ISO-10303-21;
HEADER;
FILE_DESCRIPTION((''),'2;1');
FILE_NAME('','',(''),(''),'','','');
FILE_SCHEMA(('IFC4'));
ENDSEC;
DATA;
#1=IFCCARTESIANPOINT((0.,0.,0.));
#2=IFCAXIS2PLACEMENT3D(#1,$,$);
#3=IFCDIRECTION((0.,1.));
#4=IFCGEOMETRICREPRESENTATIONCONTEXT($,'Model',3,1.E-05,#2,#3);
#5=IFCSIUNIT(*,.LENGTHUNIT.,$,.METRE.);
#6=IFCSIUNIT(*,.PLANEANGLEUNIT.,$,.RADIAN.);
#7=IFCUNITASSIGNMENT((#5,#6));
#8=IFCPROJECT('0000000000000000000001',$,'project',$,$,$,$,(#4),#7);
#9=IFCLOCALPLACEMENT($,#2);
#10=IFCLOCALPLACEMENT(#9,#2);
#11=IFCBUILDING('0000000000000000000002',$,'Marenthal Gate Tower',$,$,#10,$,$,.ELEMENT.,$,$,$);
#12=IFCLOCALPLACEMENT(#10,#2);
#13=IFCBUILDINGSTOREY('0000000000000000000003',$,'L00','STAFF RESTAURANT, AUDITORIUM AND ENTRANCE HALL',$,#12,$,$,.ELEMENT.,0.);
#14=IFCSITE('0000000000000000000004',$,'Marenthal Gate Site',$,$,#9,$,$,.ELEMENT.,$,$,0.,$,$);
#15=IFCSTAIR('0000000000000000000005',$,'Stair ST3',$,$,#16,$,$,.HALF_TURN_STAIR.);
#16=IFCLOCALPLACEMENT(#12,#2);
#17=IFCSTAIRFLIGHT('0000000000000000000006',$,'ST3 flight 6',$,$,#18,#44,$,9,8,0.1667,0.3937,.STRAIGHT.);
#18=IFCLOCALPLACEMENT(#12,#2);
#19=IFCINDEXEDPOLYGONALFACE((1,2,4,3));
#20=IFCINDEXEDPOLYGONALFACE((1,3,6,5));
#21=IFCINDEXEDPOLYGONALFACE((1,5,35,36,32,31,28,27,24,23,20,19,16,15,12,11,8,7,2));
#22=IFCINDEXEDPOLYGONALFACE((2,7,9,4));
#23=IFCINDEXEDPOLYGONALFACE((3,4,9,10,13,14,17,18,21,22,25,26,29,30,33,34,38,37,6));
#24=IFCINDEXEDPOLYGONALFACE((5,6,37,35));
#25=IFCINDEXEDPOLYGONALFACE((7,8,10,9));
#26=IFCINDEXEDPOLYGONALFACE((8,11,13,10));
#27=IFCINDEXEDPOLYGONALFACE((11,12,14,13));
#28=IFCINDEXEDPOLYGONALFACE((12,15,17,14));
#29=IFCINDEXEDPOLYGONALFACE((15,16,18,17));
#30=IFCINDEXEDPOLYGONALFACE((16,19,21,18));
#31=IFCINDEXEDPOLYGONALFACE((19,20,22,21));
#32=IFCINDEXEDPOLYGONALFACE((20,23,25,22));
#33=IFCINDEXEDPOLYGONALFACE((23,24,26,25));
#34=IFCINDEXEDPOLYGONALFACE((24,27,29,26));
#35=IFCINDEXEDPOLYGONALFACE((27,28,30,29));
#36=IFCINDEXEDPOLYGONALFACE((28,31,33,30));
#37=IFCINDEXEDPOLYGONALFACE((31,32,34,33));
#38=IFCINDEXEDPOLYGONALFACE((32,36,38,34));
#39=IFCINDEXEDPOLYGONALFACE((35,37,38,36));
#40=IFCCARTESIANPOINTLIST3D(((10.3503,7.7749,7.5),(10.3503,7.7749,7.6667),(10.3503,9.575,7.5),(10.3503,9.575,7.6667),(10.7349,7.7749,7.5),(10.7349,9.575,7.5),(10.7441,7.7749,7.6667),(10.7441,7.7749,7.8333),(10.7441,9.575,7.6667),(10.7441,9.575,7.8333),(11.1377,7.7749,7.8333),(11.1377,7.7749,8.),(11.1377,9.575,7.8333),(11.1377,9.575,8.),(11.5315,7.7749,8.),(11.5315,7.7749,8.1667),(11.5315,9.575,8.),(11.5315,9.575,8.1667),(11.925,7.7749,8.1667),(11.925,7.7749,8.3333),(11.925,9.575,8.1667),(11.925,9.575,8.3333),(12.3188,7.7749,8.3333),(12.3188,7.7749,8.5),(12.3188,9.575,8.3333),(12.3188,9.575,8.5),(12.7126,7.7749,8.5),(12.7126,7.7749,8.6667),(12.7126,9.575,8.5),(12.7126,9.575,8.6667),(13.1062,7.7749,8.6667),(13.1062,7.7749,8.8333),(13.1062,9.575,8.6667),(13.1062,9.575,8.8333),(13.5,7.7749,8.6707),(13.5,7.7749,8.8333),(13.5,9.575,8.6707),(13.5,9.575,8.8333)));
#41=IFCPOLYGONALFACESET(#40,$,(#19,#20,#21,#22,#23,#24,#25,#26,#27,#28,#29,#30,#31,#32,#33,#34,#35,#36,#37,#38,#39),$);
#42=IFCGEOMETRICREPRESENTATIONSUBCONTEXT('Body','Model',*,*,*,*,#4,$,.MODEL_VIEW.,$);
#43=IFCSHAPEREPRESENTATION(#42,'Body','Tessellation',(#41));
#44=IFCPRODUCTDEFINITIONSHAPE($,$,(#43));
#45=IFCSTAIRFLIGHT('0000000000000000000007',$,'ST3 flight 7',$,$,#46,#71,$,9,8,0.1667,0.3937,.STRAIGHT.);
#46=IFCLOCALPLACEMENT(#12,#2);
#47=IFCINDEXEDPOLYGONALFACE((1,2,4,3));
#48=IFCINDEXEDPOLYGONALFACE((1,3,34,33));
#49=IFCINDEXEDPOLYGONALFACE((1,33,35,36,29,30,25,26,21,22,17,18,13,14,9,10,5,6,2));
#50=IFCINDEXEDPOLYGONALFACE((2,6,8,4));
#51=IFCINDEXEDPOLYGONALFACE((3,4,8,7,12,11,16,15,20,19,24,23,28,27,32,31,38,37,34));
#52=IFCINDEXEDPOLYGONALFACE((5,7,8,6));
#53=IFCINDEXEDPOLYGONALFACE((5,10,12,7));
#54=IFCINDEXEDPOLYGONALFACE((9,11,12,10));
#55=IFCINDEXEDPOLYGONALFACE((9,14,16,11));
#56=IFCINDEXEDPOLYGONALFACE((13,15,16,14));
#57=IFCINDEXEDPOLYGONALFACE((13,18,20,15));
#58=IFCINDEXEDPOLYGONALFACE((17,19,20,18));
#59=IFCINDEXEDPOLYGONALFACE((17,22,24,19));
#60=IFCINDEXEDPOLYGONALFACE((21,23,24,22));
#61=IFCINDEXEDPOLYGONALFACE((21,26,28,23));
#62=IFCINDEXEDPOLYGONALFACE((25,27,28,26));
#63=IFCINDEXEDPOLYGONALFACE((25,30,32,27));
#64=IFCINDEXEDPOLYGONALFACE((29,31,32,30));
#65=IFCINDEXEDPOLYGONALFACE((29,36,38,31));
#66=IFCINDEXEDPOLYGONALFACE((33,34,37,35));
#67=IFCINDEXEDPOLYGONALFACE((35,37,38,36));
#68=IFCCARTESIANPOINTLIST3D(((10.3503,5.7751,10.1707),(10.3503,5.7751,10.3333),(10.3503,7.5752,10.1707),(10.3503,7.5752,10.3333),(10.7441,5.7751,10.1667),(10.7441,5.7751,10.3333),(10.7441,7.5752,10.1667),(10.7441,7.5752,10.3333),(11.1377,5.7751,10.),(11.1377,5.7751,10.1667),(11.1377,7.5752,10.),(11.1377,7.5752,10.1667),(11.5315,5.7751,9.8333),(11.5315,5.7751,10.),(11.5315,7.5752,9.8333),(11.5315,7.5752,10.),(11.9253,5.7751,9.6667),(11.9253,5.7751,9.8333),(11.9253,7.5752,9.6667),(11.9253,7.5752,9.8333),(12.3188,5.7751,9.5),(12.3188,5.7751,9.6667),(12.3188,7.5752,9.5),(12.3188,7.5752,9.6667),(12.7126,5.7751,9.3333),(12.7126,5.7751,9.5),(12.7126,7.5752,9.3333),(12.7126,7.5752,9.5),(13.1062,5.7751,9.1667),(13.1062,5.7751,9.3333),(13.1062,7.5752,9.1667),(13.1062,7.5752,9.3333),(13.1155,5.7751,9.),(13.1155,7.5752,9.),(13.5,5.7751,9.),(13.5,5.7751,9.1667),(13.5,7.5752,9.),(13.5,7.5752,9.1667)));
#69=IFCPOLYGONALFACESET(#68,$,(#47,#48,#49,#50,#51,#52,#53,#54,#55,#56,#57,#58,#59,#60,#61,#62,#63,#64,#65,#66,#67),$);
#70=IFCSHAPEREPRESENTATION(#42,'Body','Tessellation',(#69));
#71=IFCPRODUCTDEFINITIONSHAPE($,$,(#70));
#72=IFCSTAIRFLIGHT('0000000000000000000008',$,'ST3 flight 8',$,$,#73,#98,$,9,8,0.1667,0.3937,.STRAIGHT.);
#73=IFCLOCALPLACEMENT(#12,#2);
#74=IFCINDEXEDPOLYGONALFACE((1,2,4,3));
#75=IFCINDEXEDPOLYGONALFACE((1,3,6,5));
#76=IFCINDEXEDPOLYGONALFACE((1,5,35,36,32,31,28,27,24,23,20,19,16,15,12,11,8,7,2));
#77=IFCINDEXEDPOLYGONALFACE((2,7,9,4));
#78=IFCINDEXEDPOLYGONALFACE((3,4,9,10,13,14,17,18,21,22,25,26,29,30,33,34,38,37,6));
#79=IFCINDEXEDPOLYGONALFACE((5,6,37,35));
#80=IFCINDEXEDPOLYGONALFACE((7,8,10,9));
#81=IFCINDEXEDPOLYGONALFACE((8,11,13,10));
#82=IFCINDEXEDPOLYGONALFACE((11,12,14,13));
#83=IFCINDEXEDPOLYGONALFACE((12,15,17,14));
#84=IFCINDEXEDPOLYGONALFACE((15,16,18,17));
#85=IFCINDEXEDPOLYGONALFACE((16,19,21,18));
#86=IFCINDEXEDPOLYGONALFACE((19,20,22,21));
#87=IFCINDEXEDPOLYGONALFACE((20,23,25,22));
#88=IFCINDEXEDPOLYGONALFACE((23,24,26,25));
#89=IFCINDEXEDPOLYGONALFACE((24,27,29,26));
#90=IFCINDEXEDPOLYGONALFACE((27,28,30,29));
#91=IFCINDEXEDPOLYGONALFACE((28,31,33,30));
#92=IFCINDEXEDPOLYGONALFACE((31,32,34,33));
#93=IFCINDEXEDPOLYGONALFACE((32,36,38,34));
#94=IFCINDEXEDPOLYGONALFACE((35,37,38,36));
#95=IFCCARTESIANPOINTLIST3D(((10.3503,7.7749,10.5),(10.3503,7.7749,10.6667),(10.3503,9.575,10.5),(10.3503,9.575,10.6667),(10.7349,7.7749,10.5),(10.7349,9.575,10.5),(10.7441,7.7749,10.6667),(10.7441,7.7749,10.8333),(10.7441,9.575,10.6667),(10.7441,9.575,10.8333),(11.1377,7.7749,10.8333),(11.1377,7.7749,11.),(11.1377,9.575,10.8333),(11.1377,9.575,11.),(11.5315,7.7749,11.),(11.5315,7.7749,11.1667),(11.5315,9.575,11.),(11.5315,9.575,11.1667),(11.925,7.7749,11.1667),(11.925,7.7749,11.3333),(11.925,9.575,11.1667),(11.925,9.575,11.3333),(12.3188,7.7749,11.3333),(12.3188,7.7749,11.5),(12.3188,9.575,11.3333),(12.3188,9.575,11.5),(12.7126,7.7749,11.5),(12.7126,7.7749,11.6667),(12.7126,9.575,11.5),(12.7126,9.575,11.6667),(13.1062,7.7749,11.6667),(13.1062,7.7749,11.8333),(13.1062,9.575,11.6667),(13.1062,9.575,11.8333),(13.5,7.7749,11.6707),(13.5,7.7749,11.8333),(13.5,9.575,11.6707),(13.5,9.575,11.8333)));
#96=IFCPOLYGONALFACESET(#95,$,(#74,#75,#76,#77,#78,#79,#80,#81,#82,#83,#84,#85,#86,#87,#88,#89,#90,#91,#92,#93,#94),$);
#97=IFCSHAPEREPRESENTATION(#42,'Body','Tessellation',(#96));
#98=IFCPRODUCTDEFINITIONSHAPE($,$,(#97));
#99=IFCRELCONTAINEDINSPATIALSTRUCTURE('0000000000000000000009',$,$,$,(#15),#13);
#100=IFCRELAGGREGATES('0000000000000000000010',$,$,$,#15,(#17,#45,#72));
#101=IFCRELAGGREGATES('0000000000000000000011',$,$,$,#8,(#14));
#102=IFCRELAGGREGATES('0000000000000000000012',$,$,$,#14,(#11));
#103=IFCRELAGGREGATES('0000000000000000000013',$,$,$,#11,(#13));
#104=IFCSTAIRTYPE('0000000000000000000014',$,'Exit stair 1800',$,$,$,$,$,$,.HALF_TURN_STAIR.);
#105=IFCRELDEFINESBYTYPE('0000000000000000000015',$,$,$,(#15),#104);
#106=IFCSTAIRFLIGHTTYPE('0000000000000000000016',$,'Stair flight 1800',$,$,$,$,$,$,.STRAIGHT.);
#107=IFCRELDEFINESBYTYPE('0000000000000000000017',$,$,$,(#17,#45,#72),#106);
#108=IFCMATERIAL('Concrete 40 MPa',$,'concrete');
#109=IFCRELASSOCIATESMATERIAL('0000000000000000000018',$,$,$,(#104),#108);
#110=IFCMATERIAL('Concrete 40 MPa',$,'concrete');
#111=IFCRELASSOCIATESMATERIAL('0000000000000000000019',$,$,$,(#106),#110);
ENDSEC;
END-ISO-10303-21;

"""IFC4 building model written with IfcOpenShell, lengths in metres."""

from ifc_helpers import new_model, si_unit, direction, frame, origin, place, context, subcontext, project, spatial, polyline, outline, extrude, material, type_object, element, aggregate, save


model = new_model("IFC4")

# Units and contexts
model_context = context("Model", 3, precision=1e-05, world=origin(), true_north=direction((0.0, 1.0)))
body_context = subcontext(model_context, "Body", "Model", "MODEL_VIEW")
ifc_project = project(units=[si_unit("LENGTHUNIT", "METRE"), si_unit("PLANEANGLEUNIT", "RADIAN")], contexts=[model_context])

# Site, building, storey
site_placement = place(None, origin())
site = spatial("IfcSite", under=ifc_project, at=site_placement, Name="Marenthal Gate Site", CompositionType="ELEMENT", RefElevation=0.0)
building_placement = place(site_placement, origin())
building = spatial("IfcBuilding", under=site, at=building_placement, Name="Marenthal Gate Tower", CompositionType="ELEMENT")
storey_placement = place(building_placement, origin())
storey = spatial("IfcBuildingStorey", under=building, at=storey_placement, Name="L00", Description="STAFF RESTAURANT, AUDITORIUM AND ENTRANCE HALL", CompositionType="ELEMENT", Elevation=0.0)

# Stair, stair flights
ifc_material_1 = material(Name="Concrete 40 MPa", Category="concrete")
stair_type = type_object("IfcStairType", Name="Exit stair 1800", PredefinedType="HALF_TURN_STAIR", material=ifc_material_1)
stair_placement = place(storey_placement, origin())
stair = element("IfcStair", 1, at=stair_placement, inside=storey, type_object=stair_type, Name="Stair ST3", PredefinedType="HALF_TURN_STAIR")
ifc_material_2 = material(Name="Concrete 40 MPa", Category="concrete")
stair_flight_type = type_object("IfcStairFlightType", Name="Stair flight 1800", PredefinedType="STRAIGHT", material=ifc_material_2)
stair_flight_1_placement = place(storey_placement, frame((10.3503, 8.675, 7.5), z_axis=(0.0, 0.0, 1.0), x_axis=(1.0, 0.0, 0.0)))
stair_flight_1 = element("IfcStairFlight", 2, at=stair_flight_1_placement, type_object=stair_flight_type, Name="ST3 flight 6", NumberOfRisers=9, NumberOfTreads=8, PredefinedType="STRAIGHT", RiserHeight=0.1667, TreadLength=0.3937, context=body_context, shape_type="SweptSolid", body=[
    extrude(outline(polyline([(0.0, 0.0), (0.0, 0.1667), (0.3938, 0.1667), (0.3938, 0.3333), (0.7874, 0.3333), (0.7874, 0.5), (1.1812, 0.5), (1.1812, 0.6667), (1.5747, 0.6667), (1.5747, 0.8333), (1.9685, 0.8333), (1.9685, 1.0), (2.3623, 1.0), (2.3623, 1.1667), (2.7559, 1.1667), (2.7559, 1.3333), (3.1497, 1.3333), (3.1497, 1.5), (3.1497, 1.1707), (0.3845, 0.0), (0.0, 0.0)])), frame((0.0, 0.8999, 0.0), z_axis=(0.0, -1.0, 0.0), x_axis=(1.0, 0.0, 0.0)), (0.0, 0.0, 1.0), 1.8),
])
stair_flight_2_placement = place(storey_placement, frame((13.5, 6.675, 9.0), z_axis=(0.0, 0.0, 1.0), x_axis=(-1.0, 0.0, 0.0)))
stair_flight_2 = element("IfcStairFlight", 3, at=stair_flight_2_placement, type_object=stair_flight_type, Name="ST3 flight 7", NumberOfRisers=9, NumberOfTreads=8, PredefinedType="STRAIGHT", RiserHeight=0.1667, TreadLength=0.3937, context=body_context, shape_type="SweptSolid", body=[
    extrude(outline(polyline([(0.0, 0.0), (0.0, 0.1667), (0.3938, 0.1667), (0.3938, 0.3333), (0.7874, 0.3333), (0.7874, 0.5), (1.1812, 0.5), (1.1812, 0.6667), (1.5747, 0.6667), (1.5747, 0.8333), (1.9685, 0.8333), (1.9685, 1.0), (2.3623, 1.0), (2.3623, 1.1667), (2.7559, 1.1667), (2.7559, 1.3333), (3.1497, 1.3333), (3.1497, 1.5), (3.1497, 1.1707), (0.3845, 0.0), (0.0, 0.0)])), frame((0.0, 0.8999, 0.0), z_axis=(0.0, -1.0, 0.0), x_axis=(1.0, 0.0, 0.0)), (0.0, 0.0, 1.0), 1.8),
])
stair_flight_3_placement = place(storey_placement, frame((10.3503, 8.675, 10.5), z_axis=(0.0, 0.0, 1.0), x_axis=(1.0, 0.0, 0.0)))
stair_flight_3 = element("IfcStairFlight", 4, at=stair_flight_3_placement, type_object=stair_flight_type, Name="ST3 flight 8", NumberOfRisers=9, NumberOfTreads=8, PredefinedType="STRAIGHT", RiserHeight=0.1667, TreadLength=0.3937, context=body_context, shape_type="SweptSolid", body=[
    extrude(outline(polyline([(0.0, 0.0), (0.0, 0.1667), (0.3938, 0.1667), (0.3938, 0.3333), (0.7874, 0.3333), (0.7874, 0.5), (1.1812, 0.5), (1.1812, 0.6667), (1.5747, 0.6667), (1.5747, 0.8333), (1.9685, 0.8333), (1.9685, 1.0), (2.3623, 1.0), (2.3623, 1.1667), (2.7559, 1.1667), (2.7559, 1.3333), (3.1497, 1.3333), (3.1497, 1.5), (3.1497, 1.1707), (0.3845, 0.0), (0.0, 0.0)])), frame((0.0, 0.8999, 0.0), z_axis=(0.0, -1.0, 0.0), x_axis=(1.0, 0.0, 0.0)), (0.0, 0.0, 1.0), 1.8),
])
aggregate(stair, [stair_flight_1, stair_flight_2, stair_flight_3])

save(model, "model.ifc")
